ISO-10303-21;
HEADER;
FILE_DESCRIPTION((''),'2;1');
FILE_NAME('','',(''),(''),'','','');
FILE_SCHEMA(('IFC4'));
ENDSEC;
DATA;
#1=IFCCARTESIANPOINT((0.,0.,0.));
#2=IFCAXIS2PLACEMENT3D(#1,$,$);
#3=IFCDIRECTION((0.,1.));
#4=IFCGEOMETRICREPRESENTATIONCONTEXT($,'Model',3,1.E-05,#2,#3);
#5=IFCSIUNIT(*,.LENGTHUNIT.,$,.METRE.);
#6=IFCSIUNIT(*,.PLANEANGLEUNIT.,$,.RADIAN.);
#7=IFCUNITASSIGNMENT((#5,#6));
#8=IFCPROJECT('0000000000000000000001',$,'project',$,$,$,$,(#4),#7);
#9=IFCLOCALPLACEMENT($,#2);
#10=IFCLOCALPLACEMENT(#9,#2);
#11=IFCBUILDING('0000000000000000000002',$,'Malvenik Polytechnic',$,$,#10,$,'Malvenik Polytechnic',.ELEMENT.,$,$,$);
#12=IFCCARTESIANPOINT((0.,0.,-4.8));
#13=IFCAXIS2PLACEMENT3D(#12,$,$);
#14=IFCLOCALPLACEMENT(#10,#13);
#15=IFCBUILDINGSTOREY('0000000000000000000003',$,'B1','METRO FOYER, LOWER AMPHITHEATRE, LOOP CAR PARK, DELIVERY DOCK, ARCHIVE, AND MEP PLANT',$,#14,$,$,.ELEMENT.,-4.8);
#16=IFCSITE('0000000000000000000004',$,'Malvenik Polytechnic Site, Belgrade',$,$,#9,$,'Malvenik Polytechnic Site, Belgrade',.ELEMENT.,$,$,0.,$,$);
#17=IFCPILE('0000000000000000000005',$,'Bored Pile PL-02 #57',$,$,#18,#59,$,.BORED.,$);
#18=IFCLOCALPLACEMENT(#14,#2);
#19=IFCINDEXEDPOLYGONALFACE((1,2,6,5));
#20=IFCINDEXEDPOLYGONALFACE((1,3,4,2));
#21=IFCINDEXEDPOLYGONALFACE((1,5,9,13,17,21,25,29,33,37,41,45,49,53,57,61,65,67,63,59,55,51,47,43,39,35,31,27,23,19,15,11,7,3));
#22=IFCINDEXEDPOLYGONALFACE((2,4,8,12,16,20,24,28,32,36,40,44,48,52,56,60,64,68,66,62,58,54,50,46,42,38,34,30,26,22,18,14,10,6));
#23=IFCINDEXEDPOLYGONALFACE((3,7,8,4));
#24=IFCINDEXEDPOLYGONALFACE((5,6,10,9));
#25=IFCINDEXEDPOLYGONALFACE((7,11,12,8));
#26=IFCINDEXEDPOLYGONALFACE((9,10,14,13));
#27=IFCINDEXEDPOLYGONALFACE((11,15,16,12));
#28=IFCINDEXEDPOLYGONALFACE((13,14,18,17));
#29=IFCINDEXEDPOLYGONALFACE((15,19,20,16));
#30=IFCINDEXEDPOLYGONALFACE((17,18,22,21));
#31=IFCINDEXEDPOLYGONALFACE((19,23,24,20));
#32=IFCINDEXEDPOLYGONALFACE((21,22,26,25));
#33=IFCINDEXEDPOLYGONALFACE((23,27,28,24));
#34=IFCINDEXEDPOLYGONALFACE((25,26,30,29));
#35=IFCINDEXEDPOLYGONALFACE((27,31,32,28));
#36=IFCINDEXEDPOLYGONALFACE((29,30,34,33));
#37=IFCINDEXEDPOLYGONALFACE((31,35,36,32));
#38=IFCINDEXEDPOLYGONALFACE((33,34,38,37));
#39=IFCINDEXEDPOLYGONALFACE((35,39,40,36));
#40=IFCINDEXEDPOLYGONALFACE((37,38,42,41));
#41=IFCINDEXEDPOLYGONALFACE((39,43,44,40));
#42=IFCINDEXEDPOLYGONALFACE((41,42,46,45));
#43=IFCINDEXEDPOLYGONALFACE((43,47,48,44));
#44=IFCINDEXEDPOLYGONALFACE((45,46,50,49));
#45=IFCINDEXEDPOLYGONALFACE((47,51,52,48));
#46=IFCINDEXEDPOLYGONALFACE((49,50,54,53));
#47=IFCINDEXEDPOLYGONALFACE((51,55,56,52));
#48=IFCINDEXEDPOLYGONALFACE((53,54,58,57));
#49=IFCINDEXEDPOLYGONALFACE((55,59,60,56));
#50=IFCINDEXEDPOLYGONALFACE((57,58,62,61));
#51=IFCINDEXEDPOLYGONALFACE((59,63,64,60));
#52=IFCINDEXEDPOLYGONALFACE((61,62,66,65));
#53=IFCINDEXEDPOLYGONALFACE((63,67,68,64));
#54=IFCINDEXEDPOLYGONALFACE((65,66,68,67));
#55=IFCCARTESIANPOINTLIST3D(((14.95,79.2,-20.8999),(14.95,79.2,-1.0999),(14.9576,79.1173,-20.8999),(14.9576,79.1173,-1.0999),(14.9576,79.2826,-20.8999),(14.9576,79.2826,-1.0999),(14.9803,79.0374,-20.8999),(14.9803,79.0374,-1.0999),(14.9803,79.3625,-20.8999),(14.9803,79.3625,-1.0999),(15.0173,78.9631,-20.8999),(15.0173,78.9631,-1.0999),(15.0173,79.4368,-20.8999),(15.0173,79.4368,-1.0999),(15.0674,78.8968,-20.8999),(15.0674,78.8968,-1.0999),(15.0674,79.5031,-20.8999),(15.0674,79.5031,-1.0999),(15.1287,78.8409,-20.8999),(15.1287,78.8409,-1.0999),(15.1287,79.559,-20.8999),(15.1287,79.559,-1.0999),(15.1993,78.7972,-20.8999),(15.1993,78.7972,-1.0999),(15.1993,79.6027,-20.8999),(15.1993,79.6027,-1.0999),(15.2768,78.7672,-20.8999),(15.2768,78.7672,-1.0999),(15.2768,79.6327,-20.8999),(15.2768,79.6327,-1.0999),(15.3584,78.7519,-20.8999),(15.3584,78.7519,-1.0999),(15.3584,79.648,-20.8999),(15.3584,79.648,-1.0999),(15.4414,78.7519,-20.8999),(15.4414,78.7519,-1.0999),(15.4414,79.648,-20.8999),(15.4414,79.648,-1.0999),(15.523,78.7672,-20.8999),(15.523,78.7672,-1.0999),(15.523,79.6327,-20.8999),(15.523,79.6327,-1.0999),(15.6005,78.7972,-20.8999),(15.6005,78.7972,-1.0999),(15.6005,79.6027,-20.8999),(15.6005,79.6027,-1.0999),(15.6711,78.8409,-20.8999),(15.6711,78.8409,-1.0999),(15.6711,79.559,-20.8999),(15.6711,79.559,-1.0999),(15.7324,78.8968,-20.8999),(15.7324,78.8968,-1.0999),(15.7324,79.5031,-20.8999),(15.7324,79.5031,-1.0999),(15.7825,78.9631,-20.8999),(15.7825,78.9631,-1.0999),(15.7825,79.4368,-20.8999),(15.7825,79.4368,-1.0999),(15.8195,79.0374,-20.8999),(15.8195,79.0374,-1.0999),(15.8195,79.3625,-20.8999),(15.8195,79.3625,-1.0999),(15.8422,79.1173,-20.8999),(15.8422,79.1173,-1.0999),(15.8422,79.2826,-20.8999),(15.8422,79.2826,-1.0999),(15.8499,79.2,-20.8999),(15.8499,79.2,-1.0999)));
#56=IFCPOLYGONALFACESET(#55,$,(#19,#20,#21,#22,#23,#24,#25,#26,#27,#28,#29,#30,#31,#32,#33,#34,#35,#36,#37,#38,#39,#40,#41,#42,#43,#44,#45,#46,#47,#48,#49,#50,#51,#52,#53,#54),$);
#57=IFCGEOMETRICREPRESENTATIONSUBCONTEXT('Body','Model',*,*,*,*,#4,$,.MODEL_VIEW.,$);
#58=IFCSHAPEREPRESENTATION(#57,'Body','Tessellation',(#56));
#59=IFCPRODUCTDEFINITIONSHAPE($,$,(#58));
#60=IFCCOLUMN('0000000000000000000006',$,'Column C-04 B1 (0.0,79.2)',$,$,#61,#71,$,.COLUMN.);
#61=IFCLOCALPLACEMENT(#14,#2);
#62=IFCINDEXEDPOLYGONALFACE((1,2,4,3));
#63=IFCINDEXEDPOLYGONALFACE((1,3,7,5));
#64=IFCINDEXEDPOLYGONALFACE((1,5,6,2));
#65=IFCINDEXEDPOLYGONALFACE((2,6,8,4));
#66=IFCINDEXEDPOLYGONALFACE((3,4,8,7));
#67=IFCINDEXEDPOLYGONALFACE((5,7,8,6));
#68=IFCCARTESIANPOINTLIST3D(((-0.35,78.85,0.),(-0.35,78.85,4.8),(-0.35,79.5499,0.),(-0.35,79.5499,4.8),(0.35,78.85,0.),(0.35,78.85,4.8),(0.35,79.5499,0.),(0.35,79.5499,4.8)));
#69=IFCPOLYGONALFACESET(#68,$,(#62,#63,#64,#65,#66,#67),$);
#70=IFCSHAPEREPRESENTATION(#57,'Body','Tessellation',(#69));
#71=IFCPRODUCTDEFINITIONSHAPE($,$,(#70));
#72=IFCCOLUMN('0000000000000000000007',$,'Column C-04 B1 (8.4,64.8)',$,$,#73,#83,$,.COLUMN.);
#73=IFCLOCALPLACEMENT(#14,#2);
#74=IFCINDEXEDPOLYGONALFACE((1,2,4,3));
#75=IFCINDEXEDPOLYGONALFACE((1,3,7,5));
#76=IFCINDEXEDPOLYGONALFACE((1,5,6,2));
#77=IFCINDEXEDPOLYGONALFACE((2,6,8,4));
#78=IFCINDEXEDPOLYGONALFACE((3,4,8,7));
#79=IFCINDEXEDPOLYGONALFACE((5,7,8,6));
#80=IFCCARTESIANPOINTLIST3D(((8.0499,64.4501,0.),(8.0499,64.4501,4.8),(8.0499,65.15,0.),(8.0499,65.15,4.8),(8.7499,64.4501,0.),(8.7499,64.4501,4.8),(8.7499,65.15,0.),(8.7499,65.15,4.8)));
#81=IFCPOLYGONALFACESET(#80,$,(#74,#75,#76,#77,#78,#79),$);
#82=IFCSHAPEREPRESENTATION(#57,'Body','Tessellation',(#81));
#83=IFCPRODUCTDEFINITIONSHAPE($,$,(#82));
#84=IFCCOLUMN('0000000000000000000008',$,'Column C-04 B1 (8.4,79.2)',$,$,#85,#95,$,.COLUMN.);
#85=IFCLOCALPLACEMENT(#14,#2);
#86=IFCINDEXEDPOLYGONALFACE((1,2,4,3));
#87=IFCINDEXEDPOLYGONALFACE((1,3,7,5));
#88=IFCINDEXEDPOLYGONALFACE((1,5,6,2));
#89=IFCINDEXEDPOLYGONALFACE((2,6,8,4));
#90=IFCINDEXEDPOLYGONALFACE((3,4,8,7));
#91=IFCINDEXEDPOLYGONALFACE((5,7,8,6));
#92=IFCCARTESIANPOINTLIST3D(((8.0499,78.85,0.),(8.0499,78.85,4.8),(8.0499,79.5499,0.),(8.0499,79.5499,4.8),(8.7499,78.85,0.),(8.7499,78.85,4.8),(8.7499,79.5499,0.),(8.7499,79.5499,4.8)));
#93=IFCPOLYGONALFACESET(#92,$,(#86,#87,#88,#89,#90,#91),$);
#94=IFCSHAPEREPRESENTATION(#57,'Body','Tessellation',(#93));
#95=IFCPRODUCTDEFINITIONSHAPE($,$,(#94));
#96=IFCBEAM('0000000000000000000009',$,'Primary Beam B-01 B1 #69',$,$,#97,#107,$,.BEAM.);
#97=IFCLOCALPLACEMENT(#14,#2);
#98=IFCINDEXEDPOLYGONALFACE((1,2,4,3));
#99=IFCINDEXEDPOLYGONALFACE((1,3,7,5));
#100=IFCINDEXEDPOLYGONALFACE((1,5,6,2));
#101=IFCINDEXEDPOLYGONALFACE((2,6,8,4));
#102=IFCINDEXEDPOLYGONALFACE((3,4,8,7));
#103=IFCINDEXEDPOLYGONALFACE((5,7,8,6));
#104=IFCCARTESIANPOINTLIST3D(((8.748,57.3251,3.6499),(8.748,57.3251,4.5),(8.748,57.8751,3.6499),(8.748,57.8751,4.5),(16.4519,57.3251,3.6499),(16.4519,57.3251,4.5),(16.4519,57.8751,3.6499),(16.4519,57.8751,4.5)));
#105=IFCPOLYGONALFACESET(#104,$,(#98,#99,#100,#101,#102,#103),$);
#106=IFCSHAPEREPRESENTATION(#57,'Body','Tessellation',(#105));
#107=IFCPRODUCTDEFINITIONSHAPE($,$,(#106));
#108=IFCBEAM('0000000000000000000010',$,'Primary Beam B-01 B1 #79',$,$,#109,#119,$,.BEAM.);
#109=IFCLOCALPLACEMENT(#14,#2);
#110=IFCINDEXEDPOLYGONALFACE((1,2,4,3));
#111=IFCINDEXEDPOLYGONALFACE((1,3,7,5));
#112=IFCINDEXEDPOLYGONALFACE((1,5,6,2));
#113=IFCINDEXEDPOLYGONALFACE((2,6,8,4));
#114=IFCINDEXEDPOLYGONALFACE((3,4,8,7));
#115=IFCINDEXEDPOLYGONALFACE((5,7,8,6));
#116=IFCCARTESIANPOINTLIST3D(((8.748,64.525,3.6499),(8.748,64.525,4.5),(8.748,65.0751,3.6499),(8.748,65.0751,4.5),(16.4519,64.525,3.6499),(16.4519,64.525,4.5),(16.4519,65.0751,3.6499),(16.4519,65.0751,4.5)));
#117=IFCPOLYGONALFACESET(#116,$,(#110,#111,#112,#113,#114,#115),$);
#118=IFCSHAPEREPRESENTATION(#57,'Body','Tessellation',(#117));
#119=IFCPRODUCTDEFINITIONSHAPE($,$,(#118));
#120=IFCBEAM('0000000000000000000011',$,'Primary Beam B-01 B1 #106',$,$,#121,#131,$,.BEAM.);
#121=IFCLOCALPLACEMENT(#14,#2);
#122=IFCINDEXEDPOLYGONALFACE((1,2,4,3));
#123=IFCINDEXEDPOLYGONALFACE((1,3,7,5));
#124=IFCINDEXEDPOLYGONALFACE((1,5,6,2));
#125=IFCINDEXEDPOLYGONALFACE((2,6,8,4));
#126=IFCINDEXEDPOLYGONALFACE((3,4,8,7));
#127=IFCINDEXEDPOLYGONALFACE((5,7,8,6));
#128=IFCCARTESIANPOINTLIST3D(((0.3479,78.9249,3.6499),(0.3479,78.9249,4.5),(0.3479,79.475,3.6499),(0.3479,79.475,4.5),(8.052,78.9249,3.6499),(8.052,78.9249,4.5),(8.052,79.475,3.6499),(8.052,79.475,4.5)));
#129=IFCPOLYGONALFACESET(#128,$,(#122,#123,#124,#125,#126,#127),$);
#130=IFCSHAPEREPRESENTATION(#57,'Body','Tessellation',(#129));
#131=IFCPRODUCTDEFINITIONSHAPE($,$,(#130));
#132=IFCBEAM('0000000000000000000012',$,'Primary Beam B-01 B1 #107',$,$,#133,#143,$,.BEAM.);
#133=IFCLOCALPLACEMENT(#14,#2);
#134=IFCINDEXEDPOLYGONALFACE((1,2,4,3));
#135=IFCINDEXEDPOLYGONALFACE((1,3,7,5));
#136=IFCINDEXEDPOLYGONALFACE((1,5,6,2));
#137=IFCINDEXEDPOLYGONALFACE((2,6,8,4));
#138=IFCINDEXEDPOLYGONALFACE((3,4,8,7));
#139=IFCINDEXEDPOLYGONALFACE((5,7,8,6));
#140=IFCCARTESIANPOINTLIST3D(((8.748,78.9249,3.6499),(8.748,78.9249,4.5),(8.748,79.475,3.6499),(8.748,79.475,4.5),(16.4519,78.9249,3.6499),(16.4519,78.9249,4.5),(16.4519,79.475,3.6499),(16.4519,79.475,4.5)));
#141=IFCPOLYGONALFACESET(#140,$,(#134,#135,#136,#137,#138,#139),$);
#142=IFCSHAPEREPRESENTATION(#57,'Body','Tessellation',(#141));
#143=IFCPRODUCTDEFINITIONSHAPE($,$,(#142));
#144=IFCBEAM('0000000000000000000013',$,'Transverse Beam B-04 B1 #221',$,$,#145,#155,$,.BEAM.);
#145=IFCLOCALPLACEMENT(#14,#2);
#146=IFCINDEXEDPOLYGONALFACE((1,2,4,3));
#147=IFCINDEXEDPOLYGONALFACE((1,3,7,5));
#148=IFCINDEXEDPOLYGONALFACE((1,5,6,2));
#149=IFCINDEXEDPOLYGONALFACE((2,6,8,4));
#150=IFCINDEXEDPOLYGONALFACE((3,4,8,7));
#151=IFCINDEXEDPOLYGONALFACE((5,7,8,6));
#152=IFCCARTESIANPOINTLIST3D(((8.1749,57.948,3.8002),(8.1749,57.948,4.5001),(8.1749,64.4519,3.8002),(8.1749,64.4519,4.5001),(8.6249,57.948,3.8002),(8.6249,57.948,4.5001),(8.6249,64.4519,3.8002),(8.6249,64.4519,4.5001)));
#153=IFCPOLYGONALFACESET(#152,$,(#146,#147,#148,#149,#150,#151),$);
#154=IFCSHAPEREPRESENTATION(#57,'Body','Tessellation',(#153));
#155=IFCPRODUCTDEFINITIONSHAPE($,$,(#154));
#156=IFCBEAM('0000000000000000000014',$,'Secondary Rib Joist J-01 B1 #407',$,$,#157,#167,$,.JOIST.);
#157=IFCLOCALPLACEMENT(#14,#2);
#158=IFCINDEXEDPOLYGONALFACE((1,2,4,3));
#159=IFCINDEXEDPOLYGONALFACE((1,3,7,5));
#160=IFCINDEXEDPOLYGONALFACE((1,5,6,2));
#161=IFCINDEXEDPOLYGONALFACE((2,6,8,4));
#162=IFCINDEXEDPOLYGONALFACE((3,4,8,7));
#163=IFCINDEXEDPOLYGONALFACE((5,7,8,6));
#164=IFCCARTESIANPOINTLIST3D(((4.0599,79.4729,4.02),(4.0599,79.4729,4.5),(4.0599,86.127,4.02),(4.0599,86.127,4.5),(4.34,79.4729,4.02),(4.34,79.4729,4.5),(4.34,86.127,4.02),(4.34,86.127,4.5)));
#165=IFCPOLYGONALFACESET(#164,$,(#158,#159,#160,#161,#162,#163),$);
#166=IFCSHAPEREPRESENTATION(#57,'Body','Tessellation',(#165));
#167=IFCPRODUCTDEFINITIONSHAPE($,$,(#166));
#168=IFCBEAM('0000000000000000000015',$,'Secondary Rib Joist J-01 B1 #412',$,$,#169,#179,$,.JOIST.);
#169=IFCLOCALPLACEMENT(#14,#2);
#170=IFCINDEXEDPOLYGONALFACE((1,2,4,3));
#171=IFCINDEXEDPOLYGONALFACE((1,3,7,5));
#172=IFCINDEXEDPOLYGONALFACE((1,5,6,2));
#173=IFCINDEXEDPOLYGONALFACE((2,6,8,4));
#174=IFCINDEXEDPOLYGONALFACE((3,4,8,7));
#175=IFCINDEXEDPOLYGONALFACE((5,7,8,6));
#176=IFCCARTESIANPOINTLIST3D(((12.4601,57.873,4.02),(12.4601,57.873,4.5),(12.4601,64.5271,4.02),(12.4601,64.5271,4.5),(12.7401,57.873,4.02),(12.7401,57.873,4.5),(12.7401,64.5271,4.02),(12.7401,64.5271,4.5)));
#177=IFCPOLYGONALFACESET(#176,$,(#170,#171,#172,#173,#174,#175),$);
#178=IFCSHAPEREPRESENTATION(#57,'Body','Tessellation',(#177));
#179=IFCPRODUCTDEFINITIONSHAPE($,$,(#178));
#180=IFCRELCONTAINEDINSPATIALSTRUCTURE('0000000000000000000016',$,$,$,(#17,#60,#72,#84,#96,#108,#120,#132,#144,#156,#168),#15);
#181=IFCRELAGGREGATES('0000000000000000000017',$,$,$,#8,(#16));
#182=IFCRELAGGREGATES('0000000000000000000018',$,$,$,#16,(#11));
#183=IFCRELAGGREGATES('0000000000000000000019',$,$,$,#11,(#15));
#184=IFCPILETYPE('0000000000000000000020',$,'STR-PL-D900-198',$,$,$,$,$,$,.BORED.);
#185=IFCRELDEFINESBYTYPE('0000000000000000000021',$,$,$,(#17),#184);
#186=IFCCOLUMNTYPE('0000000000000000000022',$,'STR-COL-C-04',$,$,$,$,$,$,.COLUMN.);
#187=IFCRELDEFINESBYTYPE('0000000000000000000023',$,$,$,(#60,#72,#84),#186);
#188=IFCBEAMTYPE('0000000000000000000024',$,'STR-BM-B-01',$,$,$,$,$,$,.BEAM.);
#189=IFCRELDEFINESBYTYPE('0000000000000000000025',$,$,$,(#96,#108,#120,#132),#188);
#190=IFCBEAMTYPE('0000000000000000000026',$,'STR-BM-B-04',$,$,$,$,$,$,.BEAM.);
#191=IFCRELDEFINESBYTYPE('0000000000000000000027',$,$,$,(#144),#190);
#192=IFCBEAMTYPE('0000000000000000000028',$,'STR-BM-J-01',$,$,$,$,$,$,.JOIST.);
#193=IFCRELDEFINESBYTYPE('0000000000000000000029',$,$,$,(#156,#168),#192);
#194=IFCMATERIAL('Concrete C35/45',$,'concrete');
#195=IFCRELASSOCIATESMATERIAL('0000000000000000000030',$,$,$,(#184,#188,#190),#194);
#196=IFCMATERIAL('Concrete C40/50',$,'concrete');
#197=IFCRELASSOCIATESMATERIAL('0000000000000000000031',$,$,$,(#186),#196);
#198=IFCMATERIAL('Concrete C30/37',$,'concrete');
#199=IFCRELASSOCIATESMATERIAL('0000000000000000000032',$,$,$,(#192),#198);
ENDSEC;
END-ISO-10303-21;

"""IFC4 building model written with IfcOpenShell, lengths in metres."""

from ifc_helpers import new_model, si_unit, direction, frame, origin, origin_2d, place, context, subcontext, project, spatial, rectangle, circle, extrude, material, material_profile, profile_set, type_object, element, save


model = new_model("IFC4")

# Units and contexts
model_context = context("Model", 3, precision=1e-05, world=origin(), true_north=direction((0.0, 1.0)))
body_context = subcontext(model_context, "Body", "Model", "MODEL_VIEW")
ifc_project = project(units=[si_unit("LENGTHUNIT", "METRE"), si_unit("PLANEANGLEUNIT", "RADIAN")], contexts=[model_context])

# Site, building, storey
site_placement = place(None, origin())
site = spatial("IfcSite", under=ifc_project, at=site_placement, Name="Malvenik Polytechnic Site, Belgrade", LongName="Malvenik Polytechnic Site, Belgrade", CompositionType="ELEMENT", RefElevation=0.0)
building_placement = place(site_placement, origin())
building = spatial("IfcBuilding", under=site, at=building_placement, Name="Malvenik Polytechnic", LongName="Malvenik Polytechnic", CompositionType="ELEMENT")
storey_placement = place(building_placement, frame((0.0, 0.0, -4.8)))
storey = spatial("IfcBuildingStorey", under=building, at=storey_placement, Name="B1", Description="METRO FOYER, LOWER AMPHITHEATRE, LOOP CAR PARK, DELIVERY DOCK, ARCHIVE, AND MEP PLANT", CompositionType="ELEMENT", Elevation=-4.8)

# Shared definitions
ifc_material_1 = material(Name="Concrete C35/45", Category="concrete")

# Pile
ifc_material_profile_1 = material_profile(ifc_material_1, circle(Radius=0.45, at=origin_2d()), Name="BORED PILE D900")
ifc_profile_set_1 = profile_set([ifc_material_profile_1], Name="Concrete C35/45")
pile_type = type_object("IfcPileType", Name="STR-PL-D900-198", PredefinedType="BORED", material=ifc_profile_set_1)
for number, where, z_axis, x_axis, name in (
    (1, (15.3999, 79.2, -1.0999), (0.0, 0.0, -1.0), (1.0, 0.0, 0.0), "Bored Pile PL-02 #57"),
):
    element("IfcPile", number, at=place(storey_placement, frame(where, z_axis=z_axis, x_axis=x_axis)), inside=storey, type_object=pile_type, Name=name, PredefinedType="BORED", context=body_context, shape_type="SweptSolid", body=[
        extrude(circle(Radius=0.45, at=origin_2d()), origin(), (0.0, 0.0, 1.0), 19.8),
    ])

# Columns
ifc_material_2 = material(Name="Concrete C40/50", Category="concrete")
ifc_material_profile_2 = material_profile(ifc_material_2, rectangle(XDim=0.7, YDim=0.7, at=origin_2d()), Name="RC COL 700x700")
ifc_profile_set_2 = profile_set([ifc_material_profile_2], Name="Concrete C40/50")
column_type = type_object("IfcColumnType", Name="STR-COL-C-04", PredefinedType="COLUMN", material=ifc_profile_set_2)
for number, where, z_axis, x_axis, name in (
    (2, (0.0, 79.2, 0.0), (0.0, 0.0, 1.0), (1.0, 0.0, 0.0), "Column C-04 B1 (0.0,79.2)"),
    (3, (8.3999, 64.8, 0.0), (0.0, 0.0, 1.0), (1.0, 0.0, 0.0), "Column C-04 B1 (8.4,64.8)"),
    (4, (8.3999, 79.2, 0.0), (0.0, 0.0, 1.0), (1.0, 0.0, 0.0), "Column C-04 B1 (8.4,79.2)"),
):
    element("IfcColumn", number, at=place(storey_placement, frame(where, z_axis=z_axis, x_axis=x_axis)), inside=storey, type_object=column_type, Name=name, PredefinedType="COLUMN", context=body_context, shape_type="SweptSolid", body=[
        extrude(rectangle(XDim=0.7, YDim=0.7, at=origin_2d()), origin(), (0.0, 0.0, 1.0), 4.8),
    ])

# Beams
ifc_material_profile_3 = material_profile(ifc_material_1, rectangle(XDim=0.55, YDim=0.8501, at=origin_2d()), Name="RC BM 550x850")
ifc_profile_set_3 = profile_set([ifc_material_profile_3], Name="Concrete C35/45")
beam_type_1 = type_object("IfcBeamType", Name="STR-BM-B-01", PredefinedType="BEAM", material=ifc_profile_set_3)
for number, where, z_axis, x_axis, name in (
    (5, (8.748, 57.6001, 4.075), (1.0, 0.0, 0.0), (0.0, 1.0, 0.0), "Primary Beam B-01 B1 #69"),
    (6, (8.748, 64.8, 4.075), (1.0, 0.0, 0.0), (0.0, 1.0, 0.0), "Primary Beam B-01 B1 #79"),
):
    element("IfcBeam", number, at=place(storey_placement, frame(where, z_axis=z_axis, x_axis=x_axis)), inside=storey, type_object=beam_type_1, Name=name, PredefinedType="BEAM", context=body_context, shape_type="SweptSolid", body=[
        extrude(rectangle(XDim=0.55, YDim=0.8501, at=origin_2d()), origin(), (0.0, 0.0, 1.0), 7.7039),
    ])
beam_1_placement = place(storey_placement, frame((0.3479, 79.2, 4.075), z_axis=(1.0, 0.0, 0.0), x_axis=(0.0, 1.0, 0.0)))
element("IfcBeam", 7, at=beam_1_placement, inside=storey, type_object=beam_type_1, Name="Primary Beam B-01 B1 #106", PredefinedType="BEAM", context=body_context, shape_type="SweptSolid", body=[
    extrude(rectangle(XDim=0.55, YDim=0.8501, at=origin_2d()), origin(), (0.0, 0.0, 1.0), 7.7041),
])
beam_2_placement = place(storey_placement, frame((8.748, 79.2, 4.075), z_axis=(1.0, 0.0, 0.0), x_axis=(0.0, 1.0, 0.0)))
element("IfcBeam", 8, at=beam_2_placement, inside=storey, type_object=beam_type_1, Name="Primary Beam B-01 B1 #107", PredefinedType="BEAM", context=body_context, shape_type="SweptSolid", body=[
    extrude(rectangle(XDim=0.55, YDim=0.8501, at=origin_2d()), origin(), (0.0, 0.0, 1.0), 7.7039),
])
ifc_material_profile_4 = material_profile(ifc_material_1, rectangle(XDim=0.45, YDim=0.7, at=origin_2d()), Name="RC BM 450x700")
ifc_profile_set_4 = profile_set([ifc_material_profile_4], Name="Concrete C35/45")
beam_type_2 = type_object("IfcBeamType", Name="STR-BM-B-04", PredefinedType="BEAM", material=ifc_profile_set_4)
beam_3_placement = place(storey_placement, frame((8.3999, 57.948, 4.1501), z_axis=(0.0, 1.0, 0.0), x_axis=(-1.0, 0.0, 0.0)))
element("IfcBeam", 9, at=beam_3_placement, inside=storey, type_object=beam_type_2, Name="Transverse Beam B-04 B1 #221", PredefinedType="BEAM", context=body_context, shape_type="SweptSolid", body=[
    extrude(rectangle(XDim=0.45, YDim=0.7, at=origin_2d()), origin(), (0.0, 0.0, 1.0), 6.5039),
])
ifc_material_3 = material(Name="Concrete C30/37", Category="concrete")
ifc_material_profile_5 = material_profile(ifc_material_3, rectangle(XDim=0.28, YDim=0.48, at=origin_2d()), Name="RC JST 280x480")
ifc_profile_set_5 = profile_set([ifc_material_profile_5], Name="Concrete C30/37")
beam_type_3 = type_object("IfcBeamType", Name="STR-BM-J-01", PredefinedType="JOIST", material=ifc_profile_set_5)
for number, where, z_axis, x_axis, name in (
    (10, (4.2, 79.4729, 4.26), (0.0, 1.0, 0.0), (-1.0, 0.0, 0.0), "Secondary Rib Joist J-01 B1 #407"),
    (11, (12.6001, 57.873, 4.26), (0.0, 1.0, 0.0), (-1.0, 0.0, 0.0), "Secondary Rib Joist J-01 B1 #412"),
):
    element("IfcBeam", number, at=place(storey_placement, frame(where, z_axis=z_axis, x_axis=x_axis)), inside=storey, type_object=beam_type_3, Name=name, PredefinedType="JOIST", context=body_context, shape_type="SweptSolid", body=[
        extrude(rectangle(XDim=0.28, YDim=0.48, at=origin_2d()), origin(), (0.0, 0.0, 1.0), 6.6541),
    ])

save(model, "model.ifc")
